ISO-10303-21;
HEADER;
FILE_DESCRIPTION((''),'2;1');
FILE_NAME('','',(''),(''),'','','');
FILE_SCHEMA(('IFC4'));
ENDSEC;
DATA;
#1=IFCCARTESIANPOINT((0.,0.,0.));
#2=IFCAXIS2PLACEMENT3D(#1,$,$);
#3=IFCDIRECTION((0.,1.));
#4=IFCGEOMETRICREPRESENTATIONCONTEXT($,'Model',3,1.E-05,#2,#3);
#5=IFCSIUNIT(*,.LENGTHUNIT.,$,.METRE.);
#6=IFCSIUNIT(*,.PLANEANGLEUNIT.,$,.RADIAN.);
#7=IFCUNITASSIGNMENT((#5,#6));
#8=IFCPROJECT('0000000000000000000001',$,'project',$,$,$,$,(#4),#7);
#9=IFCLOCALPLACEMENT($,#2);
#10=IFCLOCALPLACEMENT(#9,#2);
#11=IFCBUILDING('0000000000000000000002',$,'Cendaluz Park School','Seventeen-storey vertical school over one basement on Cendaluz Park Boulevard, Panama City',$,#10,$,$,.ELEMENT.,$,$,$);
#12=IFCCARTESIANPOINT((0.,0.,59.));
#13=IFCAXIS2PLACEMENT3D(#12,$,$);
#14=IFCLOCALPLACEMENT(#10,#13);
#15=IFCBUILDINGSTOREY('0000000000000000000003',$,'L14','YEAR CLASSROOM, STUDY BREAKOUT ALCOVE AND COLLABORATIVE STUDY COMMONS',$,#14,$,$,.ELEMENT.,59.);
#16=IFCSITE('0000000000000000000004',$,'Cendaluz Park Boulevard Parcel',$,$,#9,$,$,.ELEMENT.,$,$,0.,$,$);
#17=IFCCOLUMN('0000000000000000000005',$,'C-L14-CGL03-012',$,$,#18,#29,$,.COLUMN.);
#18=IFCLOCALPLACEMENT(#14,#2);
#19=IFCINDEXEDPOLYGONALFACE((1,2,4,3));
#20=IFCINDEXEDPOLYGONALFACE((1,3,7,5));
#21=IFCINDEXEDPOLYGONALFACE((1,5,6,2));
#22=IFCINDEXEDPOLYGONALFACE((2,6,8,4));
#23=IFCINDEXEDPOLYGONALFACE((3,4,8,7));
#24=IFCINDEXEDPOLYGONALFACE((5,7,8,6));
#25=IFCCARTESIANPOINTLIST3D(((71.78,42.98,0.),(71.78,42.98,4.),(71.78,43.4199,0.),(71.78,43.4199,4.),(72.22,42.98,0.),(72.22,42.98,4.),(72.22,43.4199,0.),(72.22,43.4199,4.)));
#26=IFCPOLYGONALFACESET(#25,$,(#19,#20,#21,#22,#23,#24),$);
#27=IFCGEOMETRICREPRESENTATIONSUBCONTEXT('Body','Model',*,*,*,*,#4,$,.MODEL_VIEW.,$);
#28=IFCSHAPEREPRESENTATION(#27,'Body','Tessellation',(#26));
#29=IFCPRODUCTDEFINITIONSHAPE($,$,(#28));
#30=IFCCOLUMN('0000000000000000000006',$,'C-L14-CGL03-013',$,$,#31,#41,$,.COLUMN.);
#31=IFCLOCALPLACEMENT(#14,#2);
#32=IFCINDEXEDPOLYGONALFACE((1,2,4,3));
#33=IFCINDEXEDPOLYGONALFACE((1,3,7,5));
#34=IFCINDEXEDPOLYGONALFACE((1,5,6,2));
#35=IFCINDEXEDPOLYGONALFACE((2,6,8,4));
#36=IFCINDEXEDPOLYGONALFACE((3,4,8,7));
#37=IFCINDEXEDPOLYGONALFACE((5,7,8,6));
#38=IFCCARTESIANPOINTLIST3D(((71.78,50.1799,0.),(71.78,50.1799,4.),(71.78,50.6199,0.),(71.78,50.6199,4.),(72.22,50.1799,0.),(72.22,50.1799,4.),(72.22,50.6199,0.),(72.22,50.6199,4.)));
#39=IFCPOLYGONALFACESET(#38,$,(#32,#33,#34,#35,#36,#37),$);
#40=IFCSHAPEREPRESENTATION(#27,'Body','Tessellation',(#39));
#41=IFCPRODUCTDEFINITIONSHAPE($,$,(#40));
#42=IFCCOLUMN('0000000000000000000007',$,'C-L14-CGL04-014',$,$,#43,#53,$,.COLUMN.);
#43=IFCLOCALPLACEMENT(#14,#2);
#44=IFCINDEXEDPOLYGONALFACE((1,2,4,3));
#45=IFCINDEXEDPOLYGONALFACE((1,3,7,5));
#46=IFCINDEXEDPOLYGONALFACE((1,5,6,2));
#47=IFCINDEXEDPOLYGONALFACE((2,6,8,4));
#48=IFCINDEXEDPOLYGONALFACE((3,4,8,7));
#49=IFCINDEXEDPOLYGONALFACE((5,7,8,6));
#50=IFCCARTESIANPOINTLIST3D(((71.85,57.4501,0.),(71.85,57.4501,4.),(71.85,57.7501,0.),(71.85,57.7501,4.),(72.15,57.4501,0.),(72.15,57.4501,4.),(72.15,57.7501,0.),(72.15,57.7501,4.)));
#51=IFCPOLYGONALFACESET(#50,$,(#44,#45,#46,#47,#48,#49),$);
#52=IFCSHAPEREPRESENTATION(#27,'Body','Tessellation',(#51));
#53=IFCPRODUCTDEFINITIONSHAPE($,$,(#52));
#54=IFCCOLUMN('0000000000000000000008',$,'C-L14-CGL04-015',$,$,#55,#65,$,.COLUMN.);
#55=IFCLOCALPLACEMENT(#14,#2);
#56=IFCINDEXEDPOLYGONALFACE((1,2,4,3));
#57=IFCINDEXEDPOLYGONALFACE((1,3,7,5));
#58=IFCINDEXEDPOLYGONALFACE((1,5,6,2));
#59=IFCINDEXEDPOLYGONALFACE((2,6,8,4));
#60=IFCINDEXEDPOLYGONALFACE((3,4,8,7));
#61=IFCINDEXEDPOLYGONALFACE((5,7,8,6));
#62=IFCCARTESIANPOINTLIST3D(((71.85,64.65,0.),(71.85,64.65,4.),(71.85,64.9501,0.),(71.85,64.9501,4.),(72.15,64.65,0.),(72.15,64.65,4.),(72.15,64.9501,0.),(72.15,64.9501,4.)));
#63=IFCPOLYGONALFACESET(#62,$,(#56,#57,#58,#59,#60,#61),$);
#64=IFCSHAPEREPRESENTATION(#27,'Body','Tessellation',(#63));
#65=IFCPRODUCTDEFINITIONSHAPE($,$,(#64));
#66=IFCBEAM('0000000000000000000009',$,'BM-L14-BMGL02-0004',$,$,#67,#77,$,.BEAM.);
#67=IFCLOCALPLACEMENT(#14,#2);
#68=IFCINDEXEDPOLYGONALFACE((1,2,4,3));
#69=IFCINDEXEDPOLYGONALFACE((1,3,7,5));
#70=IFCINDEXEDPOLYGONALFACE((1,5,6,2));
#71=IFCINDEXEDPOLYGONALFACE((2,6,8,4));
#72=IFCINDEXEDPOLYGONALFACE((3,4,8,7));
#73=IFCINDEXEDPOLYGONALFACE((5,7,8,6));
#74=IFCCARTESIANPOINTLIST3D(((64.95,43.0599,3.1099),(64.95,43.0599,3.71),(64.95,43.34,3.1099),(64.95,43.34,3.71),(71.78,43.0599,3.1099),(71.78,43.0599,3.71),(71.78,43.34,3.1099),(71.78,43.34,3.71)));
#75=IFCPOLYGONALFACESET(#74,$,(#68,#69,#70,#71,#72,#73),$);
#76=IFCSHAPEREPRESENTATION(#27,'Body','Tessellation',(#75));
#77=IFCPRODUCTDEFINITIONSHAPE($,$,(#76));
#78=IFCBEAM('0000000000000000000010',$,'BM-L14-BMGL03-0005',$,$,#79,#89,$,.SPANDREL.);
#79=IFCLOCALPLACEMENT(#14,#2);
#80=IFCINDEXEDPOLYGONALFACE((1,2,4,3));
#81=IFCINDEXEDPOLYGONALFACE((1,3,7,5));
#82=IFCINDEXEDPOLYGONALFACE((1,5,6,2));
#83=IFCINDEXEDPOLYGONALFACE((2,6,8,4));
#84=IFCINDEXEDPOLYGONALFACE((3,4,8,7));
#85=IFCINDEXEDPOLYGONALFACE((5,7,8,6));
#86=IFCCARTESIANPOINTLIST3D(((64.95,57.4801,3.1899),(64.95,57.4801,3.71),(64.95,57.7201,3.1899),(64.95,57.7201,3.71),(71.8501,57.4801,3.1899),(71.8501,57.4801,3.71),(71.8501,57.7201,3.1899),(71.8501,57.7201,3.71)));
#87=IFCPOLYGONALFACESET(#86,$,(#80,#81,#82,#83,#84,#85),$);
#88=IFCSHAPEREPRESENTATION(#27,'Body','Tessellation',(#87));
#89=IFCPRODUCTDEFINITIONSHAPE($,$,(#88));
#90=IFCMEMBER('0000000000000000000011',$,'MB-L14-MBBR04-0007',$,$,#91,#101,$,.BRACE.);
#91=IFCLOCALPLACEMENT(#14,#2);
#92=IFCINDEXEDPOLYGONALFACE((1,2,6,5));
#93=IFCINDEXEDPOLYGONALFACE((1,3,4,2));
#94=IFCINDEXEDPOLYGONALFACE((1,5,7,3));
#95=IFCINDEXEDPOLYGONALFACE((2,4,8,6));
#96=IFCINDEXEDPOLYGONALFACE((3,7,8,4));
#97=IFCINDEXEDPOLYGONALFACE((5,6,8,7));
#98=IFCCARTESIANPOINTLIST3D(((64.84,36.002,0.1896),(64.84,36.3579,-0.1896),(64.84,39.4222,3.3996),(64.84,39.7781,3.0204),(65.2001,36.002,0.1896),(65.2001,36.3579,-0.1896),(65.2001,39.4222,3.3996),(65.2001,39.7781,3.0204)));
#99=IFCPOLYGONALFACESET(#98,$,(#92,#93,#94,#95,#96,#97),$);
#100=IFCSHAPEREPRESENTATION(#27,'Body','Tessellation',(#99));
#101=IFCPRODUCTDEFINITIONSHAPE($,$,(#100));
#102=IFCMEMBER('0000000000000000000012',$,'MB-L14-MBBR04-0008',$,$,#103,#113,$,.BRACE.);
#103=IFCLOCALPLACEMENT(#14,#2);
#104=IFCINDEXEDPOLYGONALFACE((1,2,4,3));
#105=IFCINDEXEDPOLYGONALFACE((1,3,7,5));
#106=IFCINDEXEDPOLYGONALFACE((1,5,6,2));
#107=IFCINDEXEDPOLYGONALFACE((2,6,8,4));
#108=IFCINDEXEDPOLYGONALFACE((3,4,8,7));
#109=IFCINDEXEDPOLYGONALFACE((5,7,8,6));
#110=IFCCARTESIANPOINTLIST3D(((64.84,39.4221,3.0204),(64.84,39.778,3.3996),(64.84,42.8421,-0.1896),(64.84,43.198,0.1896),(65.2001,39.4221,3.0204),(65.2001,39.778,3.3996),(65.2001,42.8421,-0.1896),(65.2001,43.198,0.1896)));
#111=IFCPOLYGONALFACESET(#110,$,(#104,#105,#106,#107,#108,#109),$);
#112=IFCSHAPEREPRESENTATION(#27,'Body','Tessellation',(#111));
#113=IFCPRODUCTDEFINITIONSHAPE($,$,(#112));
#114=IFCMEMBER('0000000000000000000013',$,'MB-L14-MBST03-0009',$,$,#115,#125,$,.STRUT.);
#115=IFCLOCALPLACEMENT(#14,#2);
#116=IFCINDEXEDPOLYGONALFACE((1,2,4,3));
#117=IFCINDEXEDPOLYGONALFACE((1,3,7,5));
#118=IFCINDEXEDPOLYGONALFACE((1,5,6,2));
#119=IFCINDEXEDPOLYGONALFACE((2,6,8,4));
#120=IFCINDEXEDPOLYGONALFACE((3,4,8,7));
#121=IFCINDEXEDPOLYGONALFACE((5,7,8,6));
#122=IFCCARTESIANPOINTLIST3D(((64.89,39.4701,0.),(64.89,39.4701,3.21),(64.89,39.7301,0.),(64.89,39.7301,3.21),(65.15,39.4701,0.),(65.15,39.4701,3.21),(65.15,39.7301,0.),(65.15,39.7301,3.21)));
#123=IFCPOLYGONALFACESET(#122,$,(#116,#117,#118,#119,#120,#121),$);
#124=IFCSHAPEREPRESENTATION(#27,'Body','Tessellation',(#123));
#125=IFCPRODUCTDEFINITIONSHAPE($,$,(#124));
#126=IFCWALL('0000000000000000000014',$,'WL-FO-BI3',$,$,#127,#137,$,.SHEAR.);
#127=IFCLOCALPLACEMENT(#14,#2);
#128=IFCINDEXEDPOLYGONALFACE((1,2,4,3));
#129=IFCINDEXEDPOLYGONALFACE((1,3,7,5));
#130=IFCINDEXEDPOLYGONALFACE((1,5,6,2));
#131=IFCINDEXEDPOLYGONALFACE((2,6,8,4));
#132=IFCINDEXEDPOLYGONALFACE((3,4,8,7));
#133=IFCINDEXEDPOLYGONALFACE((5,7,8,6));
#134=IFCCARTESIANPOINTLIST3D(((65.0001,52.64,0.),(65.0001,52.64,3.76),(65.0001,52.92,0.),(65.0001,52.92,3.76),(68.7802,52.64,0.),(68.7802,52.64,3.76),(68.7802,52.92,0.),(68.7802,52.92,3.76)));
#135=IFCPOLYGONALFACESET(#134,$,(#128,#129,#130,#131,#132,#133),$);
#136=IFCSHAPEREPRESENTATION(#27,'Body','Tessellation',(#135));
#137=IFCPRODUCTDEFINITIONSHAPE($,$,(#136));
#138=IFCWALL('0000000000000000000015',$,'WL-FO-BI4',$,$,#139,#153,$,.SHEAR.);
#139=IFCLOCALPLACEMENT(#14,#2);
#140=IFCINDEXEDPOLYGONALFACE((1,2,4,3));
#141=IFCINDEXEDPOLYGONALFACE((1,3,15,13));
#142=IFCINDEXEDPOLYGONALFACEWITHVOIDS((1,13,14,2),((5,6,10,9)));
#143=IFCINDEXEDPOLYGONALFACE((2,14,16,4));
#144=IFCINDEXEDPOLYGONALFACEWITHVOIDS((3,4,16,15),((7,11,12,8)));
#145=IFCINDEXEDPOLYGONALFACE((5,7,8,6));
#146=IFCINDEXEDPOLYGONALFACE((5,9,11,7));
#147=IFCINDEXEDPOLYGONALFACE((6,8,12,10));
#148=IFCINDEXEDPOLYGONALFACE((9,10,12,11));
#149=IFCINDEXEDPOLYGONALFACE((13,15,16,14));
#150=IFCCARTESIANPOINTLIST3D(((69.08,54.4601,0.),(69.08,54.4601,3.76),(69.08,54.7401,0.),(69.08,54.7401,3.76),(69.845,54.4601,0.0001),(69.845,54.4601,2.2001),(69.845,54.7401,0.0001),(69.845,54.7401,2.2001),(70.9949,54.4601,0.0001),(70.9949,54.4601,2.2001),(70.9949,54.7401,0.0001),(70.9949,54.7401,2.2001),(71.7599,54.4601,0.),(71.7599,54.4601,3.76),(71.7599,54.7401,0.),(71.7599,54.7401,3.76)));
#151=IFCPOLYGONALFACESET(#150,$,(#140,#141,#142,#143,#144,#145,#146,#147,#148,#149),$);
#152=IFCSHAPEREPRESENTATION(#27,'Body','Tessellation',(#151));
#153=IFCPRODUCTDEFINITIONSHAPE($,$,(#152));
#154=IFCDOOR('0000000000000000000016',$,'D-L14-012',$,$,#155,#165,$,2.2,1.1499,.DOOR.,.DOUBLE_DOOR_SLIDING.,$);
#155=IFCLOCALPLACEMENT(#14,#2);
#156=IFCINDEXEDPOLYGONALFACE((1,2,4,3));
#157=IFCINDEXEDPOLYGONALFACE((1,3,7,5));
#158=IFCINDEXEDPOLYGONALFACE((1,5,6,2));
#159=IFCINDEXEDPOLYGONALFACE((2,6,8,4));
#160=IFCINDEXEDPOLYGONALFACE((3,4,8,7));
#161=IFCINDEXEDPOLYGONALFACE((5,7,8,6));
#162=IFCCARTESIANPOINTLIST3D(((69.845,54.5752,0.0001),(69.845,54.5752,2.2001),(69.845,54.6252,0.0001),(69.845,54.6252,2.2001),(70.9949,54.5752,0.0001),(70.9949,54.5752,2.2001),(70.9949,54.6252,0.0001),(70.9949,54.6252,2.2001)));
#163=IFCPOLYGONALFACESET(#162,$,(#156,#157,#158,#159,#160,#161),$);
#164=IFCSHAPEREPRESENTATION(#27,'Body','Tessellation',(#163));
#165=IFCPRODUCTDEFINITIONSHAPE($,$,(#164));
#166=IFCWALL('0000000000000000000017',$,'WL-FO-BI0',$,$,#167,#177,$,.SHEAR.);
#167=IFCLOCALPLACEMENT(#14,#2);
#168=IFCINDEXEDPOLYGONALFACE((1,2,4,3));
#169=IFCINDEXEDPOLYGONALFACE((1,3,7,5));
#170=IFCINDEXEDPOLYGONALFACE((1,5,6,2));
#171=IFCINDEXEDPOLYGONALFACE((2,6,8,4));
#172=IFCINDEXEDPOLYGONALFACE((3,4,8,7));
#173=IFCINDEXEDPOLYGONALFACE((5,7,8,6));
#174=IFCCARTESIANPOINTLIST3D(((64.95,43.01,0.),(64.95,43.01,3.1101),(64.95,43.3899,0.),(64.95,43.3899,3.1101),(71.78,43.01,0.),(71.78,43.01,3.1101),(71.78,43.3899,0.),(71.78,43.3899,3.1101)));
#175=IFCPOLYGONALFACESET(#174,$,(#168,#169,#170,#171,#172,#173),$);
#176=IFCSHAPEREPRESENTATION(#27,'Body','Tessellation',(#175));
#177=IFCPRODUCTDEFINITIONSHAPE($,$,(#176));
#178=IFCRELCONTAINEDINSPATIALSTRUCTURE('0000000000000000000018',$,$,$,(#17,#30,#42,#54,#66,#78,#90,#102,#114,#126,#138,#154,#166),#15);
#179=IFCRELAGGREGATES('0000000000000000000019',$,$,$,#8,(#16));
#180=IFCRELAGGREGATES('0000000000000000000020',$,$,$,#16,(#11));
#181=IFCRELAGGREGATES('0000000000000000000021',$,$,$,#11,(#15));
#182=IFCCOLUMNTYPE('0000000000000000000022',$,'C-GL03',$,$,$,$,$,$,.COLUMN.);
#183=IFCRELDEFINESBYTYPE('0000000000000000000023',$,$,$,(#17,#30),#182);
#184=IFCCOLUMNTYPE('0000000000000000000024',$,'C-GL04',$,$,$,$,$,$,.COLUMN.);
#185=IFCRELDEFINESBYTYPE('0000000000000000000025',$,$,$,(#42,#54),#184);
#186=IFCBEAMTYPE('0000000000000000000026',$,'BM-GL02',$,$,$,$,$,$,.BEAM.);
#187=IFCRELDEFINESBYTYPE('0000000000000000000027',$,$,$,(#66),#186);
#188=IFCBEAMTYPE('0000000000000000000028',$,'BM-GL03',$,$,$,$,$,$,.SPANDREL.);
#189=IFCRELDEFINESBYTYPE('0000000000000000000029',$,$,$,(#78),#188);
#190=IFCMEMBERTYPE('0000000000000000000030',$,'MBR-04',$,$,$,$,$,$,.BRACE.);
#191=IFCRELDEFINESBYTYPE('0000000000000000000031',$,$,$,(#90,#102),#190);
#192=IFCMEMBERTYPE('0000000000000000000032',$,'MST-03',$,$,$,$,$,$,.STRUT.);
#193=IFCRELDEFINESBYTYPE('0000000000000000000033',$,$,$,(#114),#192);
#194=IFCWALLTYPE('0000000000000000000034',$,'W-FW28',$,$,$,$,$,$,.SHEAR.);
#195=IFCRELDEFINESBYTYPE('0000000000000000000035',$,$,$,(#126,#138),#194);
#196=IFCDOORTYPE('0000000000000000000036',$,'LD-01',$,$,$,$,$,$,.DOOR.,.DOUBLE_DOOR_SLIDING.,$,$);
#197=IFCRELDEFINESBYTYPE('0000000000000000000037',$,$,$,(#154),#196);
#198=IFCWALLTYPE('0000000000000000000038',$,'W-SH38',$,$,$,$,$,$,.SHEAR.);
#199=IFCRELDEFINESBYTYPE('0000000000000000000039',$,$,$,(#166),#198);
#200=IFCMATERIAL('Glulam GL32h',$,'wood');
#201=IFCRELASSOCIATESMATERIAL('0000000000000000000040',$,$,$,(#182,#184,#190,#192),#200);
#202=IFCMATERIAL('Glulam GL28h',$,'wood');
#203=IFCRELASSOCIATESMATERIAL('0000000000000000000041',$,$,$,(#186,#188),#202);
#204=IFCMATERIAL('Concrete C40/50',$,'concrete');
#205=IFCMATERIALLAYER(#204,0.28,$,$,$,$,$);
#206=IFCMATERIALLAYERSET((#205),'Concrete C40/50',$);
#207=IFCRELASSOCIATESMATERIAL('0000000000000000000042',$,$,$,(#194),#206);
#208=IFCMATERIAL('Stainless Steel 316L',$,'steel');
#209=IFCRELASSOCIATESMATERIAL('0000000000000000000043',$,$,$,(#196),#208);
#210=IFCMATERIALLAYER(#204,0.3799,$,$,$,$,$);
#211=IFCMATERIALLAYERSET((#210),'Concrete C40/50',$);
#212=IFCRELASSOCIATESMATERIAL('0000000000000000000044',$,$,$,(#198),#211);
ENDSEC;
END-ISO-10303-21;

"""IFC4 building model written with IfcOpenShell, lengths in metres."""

from ifc_helpers import new_model, si_unit, direction, frame, frame_2d, origin, origin_2d, place, context, subcontext, project, spatial, rectangle, extrude, material, layer, layer_set, material_profile, profile_set, type_object, element, fill, save


model = new_model("IFC4")

# Units and contexts
model_context = context("Model", 3, precision=1e-05, world=origin(), true_north=direction((0.0, 1.0)))
body_context = subcontext(model_context, "Body", "Model", "MODEL_VIEW")
ifc_project = project(units=[si_unit("LENGTHUNIT", "METRE"), si_unit("PLANEANGLEUNIT", "RADIAN")], contexts=[model_context])

# Site, building, storey
site_placement = place(None, origin())
site = spatial("IfcSite", under=ifc_project, at=site_placement, Name="Cendaluz Park Boulevard Parcel", CompositionType="ELEMENT", RefElevation=0.0)
building_placement = place(site_placement, origin())
building = spatial("IfcBuilding", under=site, at=building_placement, Name="Cendaluz Park School", Description="Seventeen-storey vertical school over one basement on Cendaluz Park Boulevard, Panama City", CompositionType="ELEMENT")
storey_placement = place(building_placement, frame((0.0, 0.0, 59.0)))
storey = spatial("IfcBuildingStorey", under=building, at=storey_placement, Name="L14", Description="YEAR CLASSROOM, STUDY BREAKOUT ALCOVE AND COLLABORATIVE STUDY COMMONS", CompositionType="ELEMENT", Elevation=59.0)

# Columns
ifc_material_1 = material(Name="Glulam GL32h", Category="wood")
ifc_material_profile_1 = material_profile(ifc_material_1, rectangle(XDim=0.4399, YDim=0.4399, at=origin_2d()), Name="GL32h 440x440", Category="wood")
ifc_profile_set_1 = profile_set([ifc_material_profile_1], Name="Glulam GL32h")
column_type_1 = type_object("IfcColumnType", Name="C-GL03", PredefinedType="COLUMN", material=ifc_profile_set_1)
for number, where, z_axis, x_axis, name in (
    (1, (72.0, 43.2, 0.0), (0.0, 0.0, 1.0), (1.0, 0.0, 0.0), "C-L14-CGL03-012"),
    (2, (72.0, 50.3999, 0.0), (0.0, 0.0, 1.0), (1.0, 0.0, 0.0), "C-L14-CGL03-013"),
):
    element("IfcColumn", number, at=place(storey_placement, frame(where, z_axis=z_axis, x_axis=x_axis)), inside=storey, type_object=column_type_1, Name=name, PredefinedType="COLUMN", context=body_context, shape_type="SweptSolid", body=[
        extrude(rectangle(XDim=0.4399, YDim=0.4399, at=origin_2d()), origin(), (0.0, 0.0, 1.0), 4.0),
    ])
ifc_material_profile_2 = material_profile(ifc_material_1, rectangle(XDim=0.3, YDim=0.3, at=origin_2d()), Name="GL32h 300x300", Category="wood")
ifc_profile_set_2 = profile_set([ifc_material_profile_2], Name="Glulam GL32h")
column_type_2 = type_object("IfcColumnType", Name="C-GL04", PredefinedType="COLUMN", material=ifc_profile_set_2)
for number, where, z_axis, x_axis, name in (
    (3, (72.0, 57.6001, 0.0), (0.0, 0.0, 1.0), (1.0, 0.0, 0.0), "C-L14-CGL04-014"),
    (4, (72.0, 64.8, 0.0), (0.0, 0.0, 1.0), (1.0, 0.0, 0.0), "C-L14-CGL04-015"),
):
    element("IfcColumn", number, at=place(storey_placement, frame(where, z_axis=z_axis, x_axis=x_axis)), inside=storey, type_object=column_type_2, Name=name, PredefinedType="COLUMN", context=body_context, shape_type="SweptSolid", body=[
        extrude(rectangle(XDim=0.3, YDim=0.3, at=origin_2d()), origin(), (0.0, 0.0, 1.0), 4.0),
    ])

# Beams
ifc_material_2 = material(Name="Glulam GL28h", Category="wood")
ifc_material_profile_3 = material_profile(ifc_material_2, rectangle(XDim=0.28, YDim=0.6001, at=origin_2d()), Name="GL28h 280x600", Category="wood")
ifc_profile_set_3 = profile_set([ifc_material_profile_3], Name="Glulam GL28h")
beam_type_1 = type_object("IfcBeamType", Name="BM-GL02", PredefinedType="BEAM", material=ifc_profile_set_3)
beam_1_placement = place(storey_placement, frame((64.95, 43.2, 3.4099), z_axis=(1.0, 0.0, 0.0), x_axis=(0.0, 1.0, 0.0)))
element("IfcBeam", 5, at=beam_1_placement, inside=storey, type_object=beam_type_1, Name="BM-L14-BMGL02-0004", PredefinedType="BEAM", context=body_context, shape_type="SweptSolid", body=[
    extrude(rectangle(XDim=0.28, YDim=0.6001, at=origin_2d()), origin(), (0.0, 0.0, 1.0), 6.8301),
])
ifc_material_profile_4 = material_profile(ifc_material_2, rectangle(XDim=0.24, YDim=0.52, at=origin_2d()), Name="GL28h 240x520", Category="wood")
ifc_profile_set_4 = profile_set([ifc_material_profile_4], Name="Glulam GL28h")
beam_type_2 = type_object("IfcBeamType", Name="BM-GL03", PredefinedType="SPANDREL", material=ifc_profile_set_4)
beam_2_placement = place(storey_placement, frame((64.95, 57.6001, 3.45), z_axis=(1.0, 0.0, 0.0), x_axis=(0.0, 1.0, 0.0)))
element("IfcBeam", 6, at=beam_2_placement, inside=storey, type_object=beam_type_2, Name="BM-L14-BMGL03-0005", PredefinedType="SPANDREL", context=body_context, shape_type="SweptSolid", body=[
    extrude(rectangle(XDim=0.24, YDim=0.52, at=origin_2d()), origin(), (0.0, 0.0, 1.0), 6.9001),
])

# Members
ifc_material_profile_5 = material_profile(ifc_material_1, rectangle(XDim=0.3601, YDim=0.52, at=origin_2d()), Name="GL32h 360x520", Category="wood")
ifc_profile_set_5 = profile_set([ifc_material_profile_5], Name="Glulam GL32h")
member_type_1 = type_object("IfcMemberType", Name="MBR-04", PredefinedType="BRACE", material=ifc_profile_set_5)
member_1_placement = place(storey_placement, frame((65.02, 36.1799, 0.0), z_axis=(0.0, 0.729159, 0.684344), x_axis=(-1.0, 0.0, 0.0)))
element("IfcMember", 7, at=member_1_placement, inside=storey, type_object=member_type_1, Name="MB-L14-MBBR04-0007", PredefinedType="BRACE", context=body_context, shape_type="SweptSolid", body=[
    extrude(rectangle(XDim=0.3601, YDim=0.52, at=origin_2d()), origin(), (0.0, 0.0, 1.0), 4.6907),
])
member_2_placement = place(storey_placement, frame((65.02, 43.02, 0.0), z_axis=(0.0, -0.729135, 0.68437), x_axis=(1.0, 0.0, 0.0)))
element("IfcMember", 8, at=member_2_placement, inside=storey, type_object=member_type_1, Name="MB-L14-MBBR04-0008", PredefinedType="BRACE", context=body_context, shape_type="SweptSolid", body=[
    extrude(rectangle(XDim=0.3601, YDim=0.52, at=origin_2d()), origin(), (0.0, 0.0, 1.0), 4.6904),
])
ifc_material_profile_6 = material_profile(ifc_material_1, rectangle(XDim=0.26, YDim=0.26, at=origin_2d()), Name="GL32h 260x260", Category="wood")
ifc_profile_set_6 = profile_set([ifc_material_profile_6], Name="Glulam GL32h")
member_type_2 = type_object("IfcMemberType", Name="MST-03", PredefinedType="STRUT", material=ifc_profile_set_6)
member_3_placement = place(storey_placement, frame((65.02, 39.6001, 0.0), z_axis=(0.0, 0.0, 1.0), x_axis=(1.0, 0.0, 0.0)))
element("IfcMember", 9, at=member_3_placement, inside=storey, type_object=member_type_2, Name="MB-L14-MBST03-0009", PredefinedType="STRUT", context=body_context, shape_type="SweptSolid", body=[
    extrude(rectangle(XDim=0.26, YDim=0.26, at=origin_2d()), origin(), (0.0, 0.0, 1.0), 3.21),
])

# Shared definitions
ifc_material_3 = material(Name="Concrete C40/50", Category="concrete")
ifc_layer_1 = layer(ifc_material_3, 0.28)
ifc_layer_set_1 = layer_set([ifc_layer_1], Name="Concrete C40/50")
wall_type_1 = type_object("IfcWallType", Name="W-FW28", PredefinedType="SHEAR", material=ifc_layer_set_1)

# Wall
wall_1_placement = place(storey_placement, frame((65.0, 52.78, 0.0), z_axis=(0.0, 0.0, 1.0), x_axis=(1.0, 0.0, 0.0)))
element("IfcWall", 10, at=wall_1_placement, inside=storey, type_object=wall_type_1, Name="WL-FO-BI3", PredefinedType="SHEAR", context=body_context, shape_type="SweptSolid", body=[
    extrude(rectangle(XDim=3.78, YDim=0.28, at=frame_2d((1.8901, 0.0))), origin(), (0.0, 0.0, 1.0), 3.76),
])

# Wall, opening, door
wall_2_placement = place(storey_placement, frame((69.0801, 54.6001, 0.0), z_axis=(0.0, 0.0, 1.0), x_axis=(1.0, 0.0, 0.0)))
wall_2 = element("IfcWall", 11, at=wall_2_placement, inside=storey, type_object=wall_type_1, Name="WL-FO-BI4", PredefinedType="SHEAR", context=body_context, shape_type="SweptSolid", body=[
    extrude(rectangle(XDim=2.6799, YDim=0.28, at=frame_2d((1.3398, 0.0))), origin(), (0.0, 0.0, 1.0), 3.76),
])
opening_1_placement = place(wall_2_placement, frame((0.7649, 0.0, 0.0)))
opening_1 = element("IfcOpeningElement", 12, at=opening_1_placement, cuts=wall_2, PredefinedType="OPENING", context=body_context, shape_type="SweptSolid", body=[
    extrude(rectangle(XDim=1.1499, YDim=2.2, at=frame_2d((0.575, 1.1001))), frame((0.0, 0.1521, 0.0), z_axis=(0.0, -1.0, 0.0), x_axis=(1.0, 0.0, 0.0)), (0.0, 0.0, 1.0), 0.304),
])
ifc_material_4 = material(Name="Stainless Steel 316L", Category="steel")
door_type_1 = type_object("IfcDoorType", Name="LD-01", OperationType="DOUBLE_DOOR_SLIDING", PredefinedType="DOOR", material=ifc_material_4)
door_1_placement = place(opening_1_placement, frame((1.1499, 0.0, 0.0), z_axis=(0.0, 0.0, 1.0), x_axis=(-1.0, 0.0, 0.0)))
door_1 = element("IfcDoor", 13, at=door_1_placement, inside=storey, type_object=door_type_1, Name="D-L14-012", OperationType="DOUBLE_DOOR_SLIDING", OverallHeight=2.2, OverallWidth=1.1499, PredefinedType="DOOR", context=body_context, shape_type="SweptSolid", body=[
    extrude(rectangle(XDim=1.1499, YDim=2.2, at=frame_2d((0.575, 1.1001))), frame((0.0, 0.0249, 0.0), z_axis=(0.0, -1.0, 0.0), x_axis=(1.0, 0.0, 0.0)), (0.0, 0.0, 1.0), 0.05),
])
fill(opening_1, door_1)

# Wall
ifc_layer_2 = layer(ifc_material_3, 0.3799)
ifc_layer_set_2 = layer_set([ifc_layer_2], Name="Concrete C40/50")
wall_type_2 = type_object("IfcWallType", Name="W-SH38", PredefinedType="SHEAR", material=ifc_layer_set_2)
wall_3_placement = place(storey_placement, frame((64.95, 43.2, 0.0), z_axis=(0.0, 0.0, 1.0), x_axis=(1.0, 0.0, 0.0)))
element("IfcWall", 14, at=wall_3_placement, inside=storey, type_object=wall_type_2, Name="WL-FO-BI0", PredefinedType="SHEAR", context=body_context, shape_type="SweptSolid", body=[
    extrude(rectangle(XDim=6.8301, YDim=0.3799, at=frame_2d((3.415, 0.0))), origin(), (0.0, 0.0, 1.0), 3.1101),
])

save(model, "model.ifc")
